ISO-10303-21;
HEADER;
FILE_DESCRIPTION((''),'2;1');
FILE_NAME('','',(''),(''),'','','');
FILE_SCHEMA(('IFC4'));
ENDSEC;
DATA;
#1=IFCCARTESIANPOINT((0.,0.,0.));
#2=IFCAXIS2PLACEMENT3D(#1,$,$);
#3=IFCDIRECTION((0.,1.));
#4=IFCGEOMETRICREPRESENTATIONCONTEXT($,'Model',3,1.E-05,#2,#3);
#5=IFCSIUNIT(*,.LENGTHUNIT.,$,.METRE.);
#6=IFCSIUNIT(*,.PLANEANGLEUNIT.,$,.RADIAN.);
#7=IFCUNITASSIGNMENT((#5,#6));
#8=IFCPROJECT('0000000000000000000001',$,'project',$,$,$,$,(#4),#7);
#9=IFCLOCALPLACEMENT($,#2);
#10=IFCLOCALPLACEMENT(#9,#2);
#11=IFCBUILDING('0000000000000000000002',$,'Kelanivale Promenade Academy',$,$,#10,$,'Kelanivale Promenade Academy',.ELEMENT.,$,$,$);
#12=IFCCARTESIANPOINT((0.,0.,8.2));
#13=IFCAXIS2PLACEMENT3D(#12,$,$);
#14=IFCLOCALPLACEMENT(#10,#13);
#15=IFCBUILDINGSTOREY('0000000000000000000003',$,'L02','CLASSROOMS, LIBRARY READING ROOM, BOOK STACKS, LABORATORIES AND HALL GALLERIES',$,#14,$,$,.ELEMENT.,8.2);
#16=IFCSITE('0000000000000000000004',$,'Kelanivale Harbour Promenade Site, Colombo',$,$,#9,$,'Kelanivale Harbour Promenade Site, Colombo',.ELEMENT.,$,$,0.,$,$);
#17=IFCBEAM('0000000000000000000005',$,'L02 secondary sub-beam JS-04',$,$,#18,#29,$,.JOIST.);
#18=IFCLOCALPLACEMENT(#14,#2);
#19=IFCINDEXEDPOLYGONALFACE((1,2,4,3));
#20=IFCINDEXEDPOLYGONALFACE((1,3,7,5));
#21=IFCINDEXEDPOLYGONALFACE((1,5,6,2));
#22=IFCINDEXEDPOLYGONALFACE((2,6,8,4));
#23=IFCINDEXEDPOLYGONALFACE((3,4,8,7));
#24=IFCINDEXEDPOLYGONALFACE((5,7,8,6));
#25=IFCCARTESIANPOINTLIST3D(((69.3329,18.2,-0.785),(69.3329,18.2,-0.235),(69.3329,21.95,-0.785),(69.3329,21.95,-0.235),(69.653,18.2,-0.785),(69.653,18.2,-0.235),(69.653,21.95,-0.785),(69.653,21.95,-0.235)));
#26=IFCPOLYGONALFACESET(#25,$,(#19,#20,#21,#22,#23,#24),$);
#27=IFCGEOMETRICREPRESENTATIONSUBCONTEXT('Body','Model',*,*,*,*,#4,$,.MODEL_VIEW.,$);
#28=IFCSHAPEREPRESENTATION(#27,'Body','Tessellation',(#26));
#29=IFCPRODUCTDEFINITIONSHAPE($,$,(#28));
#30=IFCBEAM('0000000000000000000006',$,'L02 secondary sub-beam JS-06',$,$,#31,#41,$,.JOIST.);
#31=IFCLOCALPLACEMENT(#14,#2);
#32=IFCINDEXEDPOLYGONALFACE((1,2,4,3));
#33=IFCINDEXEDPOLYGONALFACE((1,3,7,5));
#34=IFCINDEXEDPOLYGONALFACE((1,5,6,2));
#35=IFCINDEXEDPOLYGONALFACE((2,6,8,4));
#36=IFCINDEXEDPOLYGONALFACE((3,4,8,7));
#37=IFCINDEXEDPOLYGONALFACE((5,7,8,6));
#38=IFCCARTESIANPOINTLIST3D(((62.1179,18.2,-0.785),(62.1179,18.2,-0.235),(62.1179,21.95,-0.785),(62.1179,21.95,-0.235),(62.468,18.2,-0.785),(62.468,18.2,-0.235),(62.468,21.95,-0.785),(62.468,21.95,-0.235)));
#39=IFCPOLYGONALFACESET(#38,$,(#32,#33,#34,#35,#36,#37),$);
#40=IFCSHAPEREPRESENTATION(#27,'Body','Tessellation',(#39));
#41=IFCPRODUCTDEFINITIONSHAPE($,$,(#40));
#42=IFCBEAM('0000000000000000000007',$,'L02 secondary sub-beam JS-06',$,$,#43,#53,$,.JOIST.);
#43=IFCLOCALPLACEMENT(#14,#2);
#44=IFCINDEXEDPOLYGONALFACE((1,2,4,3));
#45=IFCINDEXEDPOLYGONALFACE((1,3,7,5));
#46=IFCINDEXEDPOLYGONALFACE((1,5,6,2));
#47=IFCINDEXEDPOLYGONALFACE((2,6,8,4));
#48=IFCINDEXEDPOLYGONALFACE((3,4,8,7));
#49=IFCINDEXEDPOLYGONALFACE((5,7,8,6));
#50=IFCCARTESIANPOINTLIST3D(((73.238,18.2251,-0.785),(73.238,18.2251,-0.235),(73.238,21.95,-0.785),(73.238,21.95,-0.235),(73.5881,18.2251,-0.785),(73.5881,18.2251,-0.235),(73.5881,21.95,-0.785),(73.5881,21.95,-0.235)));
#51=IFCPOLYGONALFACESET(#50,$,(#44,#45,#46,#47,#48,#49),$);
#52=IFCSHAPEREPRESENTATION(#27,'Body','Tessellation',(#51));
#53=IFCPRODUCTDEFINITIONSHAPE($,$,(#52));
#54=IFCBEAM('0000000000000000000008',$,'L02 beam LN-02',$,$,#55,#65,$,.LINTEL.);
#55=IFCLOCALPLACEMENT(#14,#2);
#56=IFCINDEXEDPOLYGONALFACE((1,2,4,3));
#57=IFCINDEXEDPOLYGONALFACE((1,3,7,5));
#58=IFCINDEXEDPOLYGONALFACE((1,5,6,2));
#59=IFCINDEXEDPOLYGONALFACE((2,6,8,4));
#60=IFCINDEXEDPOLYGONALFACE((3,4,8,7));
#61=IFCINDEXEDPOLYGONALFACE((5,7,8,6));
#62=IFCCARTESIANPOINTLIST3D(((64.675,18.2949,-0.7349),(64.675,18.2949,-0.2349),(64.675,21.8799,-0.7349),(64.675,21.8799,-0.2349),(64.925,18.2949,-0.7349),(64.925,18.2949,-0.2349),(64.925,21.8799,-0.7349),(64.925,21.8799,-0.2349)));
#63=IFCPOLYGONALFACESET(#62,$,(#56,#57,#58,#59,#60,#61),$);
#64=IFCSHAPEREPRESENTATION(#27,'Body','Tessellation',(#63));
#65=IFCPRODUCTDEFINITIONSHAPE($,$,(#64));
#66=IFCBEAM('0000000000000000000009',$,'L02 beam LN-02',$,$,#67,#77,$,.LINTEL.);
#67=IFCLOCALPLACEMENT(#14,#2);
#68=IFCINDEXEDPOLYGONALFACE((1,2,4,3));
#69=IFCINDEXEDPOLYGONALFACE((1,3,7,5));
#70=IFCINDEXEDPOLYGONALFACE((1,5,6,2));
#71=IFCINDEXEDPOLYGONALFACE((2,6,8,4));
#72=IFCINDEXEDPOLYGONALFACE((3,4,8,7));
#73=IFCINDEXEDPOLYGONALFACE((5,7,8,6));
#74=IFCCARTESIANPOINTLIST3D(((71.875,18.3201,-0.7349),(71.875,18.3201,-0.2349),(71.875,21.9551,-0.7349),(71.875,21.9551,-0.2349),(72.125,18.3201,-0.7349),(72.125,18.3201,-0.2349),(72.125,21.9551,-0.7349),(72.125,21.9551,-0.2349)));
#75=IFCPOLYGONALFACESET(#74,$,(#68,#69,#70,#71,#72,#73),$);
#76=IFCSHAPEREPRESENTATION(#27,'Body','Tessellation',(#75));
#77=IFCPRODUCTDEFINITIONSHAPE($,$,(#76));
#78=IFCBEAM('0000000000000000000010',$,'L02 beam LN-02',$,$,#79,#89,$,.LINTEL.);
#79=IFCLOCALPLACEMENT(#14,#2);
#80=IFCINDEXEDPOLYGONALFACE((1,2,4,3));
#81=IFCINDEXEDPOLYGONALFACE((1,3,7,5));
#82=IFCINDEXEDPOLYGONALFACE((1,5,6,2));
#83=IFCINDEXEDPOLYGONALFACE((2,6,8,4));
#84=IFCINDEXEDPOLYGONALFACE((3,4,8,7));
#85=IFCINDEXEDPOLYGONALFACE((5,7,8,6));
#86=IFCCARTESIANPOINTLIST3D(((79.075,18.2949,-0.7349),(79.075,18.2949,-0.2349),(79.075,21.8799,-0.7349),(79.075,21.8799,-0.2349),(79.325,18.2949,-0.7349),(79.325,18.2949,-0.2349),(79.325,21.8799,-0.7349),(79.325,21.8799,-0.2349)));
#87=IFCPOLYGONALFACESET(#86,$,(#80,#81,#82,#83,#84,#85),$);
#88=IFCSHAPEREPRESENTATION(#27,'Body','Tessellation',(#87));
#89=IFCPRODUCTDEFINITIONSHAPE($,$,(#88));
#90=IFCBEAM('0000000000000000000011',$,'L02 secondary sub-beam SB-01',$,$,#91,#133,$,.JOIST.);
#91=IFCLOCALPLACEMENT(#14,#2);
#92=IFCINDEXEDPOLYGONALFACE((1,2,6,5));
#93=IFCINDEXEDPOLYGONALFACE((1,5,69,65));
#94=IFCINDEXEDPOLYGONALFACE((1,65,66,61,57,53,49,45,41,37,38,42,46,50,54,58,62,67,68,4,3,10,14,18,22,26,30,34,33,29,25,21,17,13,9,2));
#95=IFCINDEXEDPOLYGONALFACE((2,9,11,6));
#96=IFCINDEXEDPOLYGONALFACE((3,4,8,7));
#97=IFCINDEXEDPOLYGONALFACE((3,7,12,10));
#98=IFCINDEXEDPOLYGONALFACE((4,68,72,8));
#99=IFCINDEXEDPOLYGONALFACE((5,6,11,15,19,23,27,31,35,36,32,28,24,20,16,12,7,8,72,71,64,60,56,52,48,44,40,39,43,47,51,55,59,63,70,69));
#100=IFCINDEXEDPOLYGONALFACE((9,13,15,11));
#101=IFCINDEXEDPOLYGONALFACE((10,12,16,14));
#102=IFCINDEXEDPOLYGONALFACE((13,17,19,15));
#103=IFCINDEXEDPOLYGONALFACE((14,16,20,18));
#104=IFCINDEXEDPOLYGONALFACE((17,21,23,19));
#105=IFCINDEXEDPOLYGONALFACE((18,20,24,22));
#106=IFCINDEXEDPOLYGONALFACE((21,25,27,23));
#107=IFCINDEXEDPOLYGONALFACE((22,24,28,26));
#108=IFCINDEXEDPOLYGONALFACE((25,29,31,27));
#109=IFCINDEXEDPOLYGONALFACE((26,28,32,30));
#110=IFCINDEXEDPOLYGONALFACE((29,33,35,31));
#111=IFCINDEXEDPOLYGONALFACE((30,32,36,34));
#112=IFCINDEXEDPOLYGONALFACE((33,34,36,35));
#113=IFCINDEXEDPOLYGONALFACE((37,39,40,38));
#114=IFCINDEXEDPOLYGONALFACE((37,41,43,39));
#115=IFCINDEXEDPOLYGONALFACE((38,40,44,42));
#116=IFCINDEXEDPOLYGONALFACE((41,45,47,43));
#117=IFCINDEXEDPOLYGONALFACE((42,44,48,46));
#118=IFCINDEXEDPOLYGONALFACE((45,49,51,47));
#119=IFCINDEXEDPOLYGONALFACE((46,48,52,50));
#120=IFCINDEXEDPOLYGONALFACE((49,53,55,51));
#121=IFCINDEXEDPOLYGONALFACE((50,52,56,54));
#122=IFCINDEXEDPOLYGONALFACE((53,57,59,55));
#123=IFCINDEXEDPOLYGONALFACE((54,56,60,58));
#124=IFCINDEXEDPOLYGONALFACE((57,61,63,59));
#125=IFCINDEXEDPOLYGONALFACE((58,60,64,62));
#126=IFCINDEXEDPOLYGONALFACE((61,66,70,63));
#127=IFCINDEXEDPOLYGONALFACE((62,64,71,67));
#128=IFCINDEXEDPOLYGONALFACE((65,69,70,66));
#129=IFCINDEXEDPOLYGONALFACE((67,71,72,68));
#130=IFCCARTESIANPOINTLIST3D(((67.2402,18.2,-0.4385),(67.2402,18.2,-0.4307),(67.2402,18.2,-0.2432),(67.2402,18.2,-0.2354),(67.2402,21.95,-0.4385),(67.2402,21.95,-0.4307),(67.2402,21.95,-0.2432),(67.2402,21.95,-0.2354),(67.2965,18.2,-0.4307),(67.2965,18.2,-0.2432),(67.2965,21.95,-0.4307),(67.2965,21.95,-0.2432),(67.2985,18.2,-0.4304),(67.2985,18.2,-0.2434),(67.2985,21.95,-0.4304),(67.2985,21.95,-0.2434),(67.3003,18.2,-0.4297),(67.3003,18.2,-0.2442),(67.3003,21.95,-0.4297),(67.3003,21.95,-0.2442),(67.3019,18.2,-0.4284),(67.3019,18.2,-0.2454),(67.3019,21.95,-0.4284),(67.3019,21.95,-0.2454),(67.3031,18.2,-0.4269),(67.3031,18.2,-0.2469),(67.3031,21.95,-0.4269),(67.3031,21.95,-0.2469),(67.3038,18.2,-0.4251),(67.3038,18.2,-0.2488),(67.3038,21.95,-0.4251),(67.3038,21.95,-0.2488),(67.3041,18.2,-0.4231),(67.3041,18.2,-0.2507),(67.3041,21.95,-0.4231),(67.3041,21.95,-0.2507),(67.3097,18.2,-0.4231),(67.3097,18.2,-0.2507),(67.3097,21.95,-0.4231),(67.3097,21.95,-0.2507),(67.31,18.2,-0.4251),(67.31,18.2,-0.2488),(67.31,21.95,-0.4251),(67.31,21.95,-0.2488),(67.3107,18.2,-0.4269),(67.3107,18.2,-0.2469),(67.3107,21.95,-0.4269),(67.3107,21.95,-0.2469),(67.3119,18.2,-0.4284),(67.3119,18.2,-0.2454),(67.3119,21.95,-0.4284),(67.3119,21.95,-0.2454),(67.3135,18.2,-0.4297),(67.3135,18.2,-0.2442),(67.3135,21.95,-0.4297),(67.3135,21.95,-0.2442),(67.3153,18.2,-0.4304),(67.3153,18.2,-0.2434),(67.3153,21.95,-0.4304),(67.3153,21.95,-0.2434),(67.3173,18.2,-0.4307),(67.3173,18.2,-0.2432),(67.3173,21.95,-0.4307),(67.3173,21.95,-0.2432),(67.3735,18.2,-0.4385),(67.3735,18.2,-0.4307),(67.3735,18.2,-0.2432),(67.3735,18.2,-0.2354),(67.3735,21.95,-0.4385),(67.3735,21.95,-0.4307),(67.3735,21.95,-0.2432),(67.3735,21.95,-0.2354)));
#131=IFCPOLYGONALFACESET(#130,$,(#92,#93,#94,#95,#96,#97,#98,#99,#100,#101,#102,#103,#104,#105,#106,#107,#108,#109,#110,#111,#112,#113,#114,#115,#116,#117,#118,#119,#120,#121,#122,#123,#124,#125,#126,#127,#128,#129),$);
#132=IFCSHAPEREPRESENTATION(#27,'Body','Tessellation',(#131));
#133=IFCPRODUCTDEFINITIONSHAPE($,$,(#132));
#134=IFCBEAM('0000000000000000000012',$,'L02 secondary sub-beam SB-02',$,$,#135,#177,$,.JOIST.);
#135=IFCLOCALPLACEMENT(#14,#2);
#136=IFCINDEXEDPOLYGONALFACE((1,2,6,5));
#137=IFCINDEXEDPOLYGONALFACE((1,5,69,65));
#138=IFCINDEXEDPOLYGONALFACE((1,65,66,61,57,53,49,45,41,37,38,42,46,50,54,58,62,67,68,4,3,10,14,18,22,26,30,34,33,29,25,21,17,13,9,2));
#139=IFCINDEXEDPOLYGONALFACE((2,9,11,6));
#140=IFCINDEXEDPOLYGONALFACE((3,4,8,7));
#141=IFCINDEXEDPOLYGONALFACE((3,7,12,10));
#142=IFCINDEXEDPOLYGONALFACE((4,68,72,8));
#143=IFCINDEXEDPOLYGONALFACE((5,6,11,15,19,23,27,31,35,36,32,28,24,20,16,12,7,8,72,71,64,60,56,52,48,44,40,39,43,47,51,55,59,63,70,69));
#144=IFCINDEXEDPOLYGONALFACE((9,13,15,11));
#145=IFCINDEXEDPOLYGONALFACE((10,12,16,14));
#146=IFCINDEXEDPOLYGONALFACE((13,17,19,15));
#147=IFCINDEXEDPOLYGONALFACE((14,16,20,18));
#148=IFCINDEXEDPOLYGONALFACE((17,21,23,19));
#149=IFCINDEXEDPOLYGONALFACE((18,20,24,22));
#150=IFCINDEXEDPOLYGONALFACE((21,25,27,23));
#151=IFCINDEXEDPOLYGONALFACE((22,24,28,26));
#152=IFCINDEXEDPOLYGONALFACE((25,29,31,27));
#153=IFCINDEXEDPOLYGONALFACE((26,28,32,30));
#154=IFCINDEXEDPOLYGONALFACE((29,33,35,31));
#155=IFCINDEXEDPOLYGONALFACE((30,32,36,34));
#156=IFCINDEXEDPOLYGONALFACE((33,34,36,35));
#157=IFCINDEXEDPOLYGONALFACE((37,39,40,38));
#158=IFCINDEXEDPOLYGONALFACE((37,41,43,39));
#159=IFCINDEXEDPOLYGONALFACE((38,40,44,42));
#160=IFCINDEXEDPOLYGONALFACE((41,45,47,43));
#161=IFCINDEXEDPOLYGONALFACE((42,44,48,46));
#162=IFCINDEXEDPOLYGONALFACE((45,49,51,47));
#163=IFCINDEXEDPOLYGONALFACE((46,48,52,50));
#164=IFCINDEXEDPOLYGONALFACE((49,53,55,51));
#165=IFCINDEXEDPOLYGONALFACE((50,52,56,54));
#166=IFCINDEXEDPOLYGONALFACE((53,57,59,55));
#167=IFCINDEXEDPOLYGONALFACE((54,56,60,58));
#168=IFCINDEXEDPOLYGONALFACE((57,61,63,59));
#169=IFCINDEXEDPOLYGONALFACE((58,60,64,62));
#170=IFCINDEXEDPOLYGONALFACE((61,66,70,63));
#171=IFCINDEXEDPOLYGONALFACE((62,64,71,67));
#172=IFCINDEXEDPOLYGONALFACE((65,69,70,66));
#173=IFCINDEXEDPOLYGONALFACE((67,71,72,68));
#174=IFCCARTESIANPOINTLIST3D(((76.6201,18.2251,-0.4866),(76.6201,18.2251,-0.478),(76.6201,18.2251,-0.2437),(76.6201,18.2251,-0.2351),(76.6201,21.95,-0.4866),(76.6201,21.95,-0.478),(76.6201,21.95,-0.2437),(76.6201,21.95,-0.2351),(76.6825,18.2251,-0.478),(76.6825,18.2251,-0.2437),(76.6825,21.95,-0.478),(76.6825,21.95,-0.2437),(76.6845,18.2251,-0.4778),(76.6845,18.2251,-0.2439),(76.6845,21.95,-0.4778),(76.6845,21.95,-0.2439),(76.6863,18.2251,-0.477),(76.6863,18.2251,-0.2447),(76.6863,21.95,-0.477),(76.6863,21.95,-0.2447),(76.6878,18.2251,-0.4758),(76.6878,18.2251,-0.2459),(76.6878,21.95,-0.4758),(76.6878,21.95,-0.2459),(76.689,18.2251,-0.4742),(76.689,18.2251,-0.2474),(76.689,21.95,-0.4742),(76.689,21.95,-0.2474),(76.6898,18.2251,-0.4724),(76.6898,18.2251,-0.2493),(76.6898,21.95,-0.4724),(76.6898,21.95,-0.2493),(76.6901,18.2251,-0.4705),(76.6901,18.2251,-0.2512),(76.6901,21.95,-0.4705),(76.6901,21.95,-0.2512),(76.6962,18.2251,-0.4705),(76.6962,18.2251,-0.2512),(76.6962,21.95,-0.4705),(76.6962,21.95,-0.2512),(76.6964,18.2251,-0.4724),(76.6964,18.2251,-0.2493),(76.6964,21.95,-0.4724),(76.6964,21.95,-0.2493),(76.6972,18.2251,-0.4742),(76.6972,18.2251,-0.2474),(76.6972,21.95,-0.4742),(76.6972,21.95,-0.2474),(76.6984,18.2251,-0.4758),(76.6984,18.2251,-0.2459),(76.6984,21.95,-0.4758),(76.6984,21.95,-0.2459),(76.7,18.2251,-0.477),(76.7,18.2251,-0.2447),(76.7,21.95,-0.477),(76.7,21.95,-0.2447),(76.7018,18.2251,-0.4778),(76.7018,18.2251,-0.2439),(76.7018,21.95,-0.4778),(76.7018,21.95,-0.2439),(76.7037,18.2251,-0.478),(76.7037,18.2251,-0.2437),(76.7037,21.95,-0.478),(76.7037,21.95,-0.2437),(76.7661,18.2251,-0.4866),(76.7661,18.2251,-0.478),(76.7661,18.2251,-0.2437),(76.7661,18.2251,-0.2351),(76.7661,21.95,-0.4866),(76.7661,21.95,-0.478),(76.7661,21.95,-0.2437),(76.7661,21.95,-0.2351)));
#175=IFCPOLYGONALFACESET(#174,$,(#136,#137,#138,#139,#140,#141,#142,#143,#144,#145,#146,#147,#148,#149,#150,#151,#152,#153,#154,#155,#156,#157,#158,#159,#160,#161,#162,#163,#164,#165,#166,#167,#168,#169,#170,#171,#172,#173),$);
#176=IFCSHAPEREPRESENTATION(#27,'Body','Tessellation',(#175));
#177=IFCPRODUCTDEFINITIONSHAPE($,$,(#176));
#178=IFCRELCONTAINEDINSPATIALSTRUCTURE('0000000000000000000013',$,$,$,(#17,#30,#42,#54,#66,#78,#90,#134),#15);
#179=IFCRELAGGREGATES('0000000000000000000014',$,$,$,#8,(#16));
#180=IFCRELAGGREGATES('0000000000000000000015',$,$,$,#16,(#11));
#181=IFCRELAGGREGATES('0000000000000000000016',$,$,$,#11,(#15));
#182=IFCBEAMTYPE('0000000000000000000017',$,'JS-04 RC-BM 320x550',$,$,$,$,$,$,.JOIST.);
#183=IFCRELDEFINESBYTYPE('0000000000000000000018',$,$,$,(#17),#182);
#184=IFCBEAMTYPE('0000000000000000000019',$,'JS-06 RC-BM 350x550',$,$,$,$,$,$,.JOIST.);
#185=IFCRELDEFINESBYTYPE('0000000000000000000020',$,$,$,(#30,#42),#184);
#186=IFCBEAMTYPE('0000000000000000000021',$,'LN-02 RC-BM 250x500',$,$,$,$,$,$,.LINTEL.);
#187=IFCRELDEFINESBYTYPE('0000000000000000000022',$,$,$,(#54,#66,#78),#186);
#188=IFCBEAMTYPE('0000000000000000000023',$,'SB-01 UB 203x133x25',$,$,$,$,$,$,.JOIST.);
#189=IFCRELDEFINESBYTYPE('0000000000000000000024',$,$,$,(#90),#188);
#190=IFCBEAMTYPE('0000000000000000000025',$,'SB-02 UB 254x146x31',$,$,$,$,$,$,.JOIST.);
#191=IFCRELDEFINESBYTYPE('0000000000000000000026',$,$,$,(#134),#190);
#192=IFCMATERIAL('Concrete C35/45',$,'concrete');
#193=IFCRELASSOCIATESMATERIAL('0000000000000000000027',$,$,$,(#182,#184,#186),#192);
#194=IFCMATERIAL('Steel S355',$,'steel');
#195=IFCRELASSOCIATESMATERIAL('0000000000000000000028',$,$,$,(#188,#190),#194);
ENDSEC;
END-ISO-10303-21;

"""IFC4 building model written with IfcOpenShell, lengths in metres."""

from ifc_helpers import new_model, si_unit, direction, frame, origin, origin_2d, place, context, subcontext, project, spatial, rectangle, i_section, extrude, material, material_profile, profile_set, type_object, element, save


model = new_model("IFC4")

# Units and contexts
model_context = context("Model", 3, precision=1e-05, world=origin(), true_north=direction((0.0, 1.0)))
body_context = subcontext(model_context, "Body", "Model", "MODEL_VIEW")
ifc_project = project(units=[si_unit("LENGTHUNIT", "METRE"), si_unit("PLANEANGLEUNIT", "RADIAN")], contexts=[model_context])

# Site, building, storey
site_placement = place(None, origin())
site = spatial("IfcSite", under=ifc_project, at=site_placement, Name="Kelanivale Harbour Promenade Site, Colombo", LongName="Kelanivale Harbour Promenade Site, Colombo", CompositionType="ELEMENT", RefElevation=0.0)
building_placement = place(site_placement, origin())
building = spatial("IfcBuilding", under=site, at=building_placement, Name="Kelanivale Promenade Academy", LongName="Kelanivale Promenade Academy", CompositionType="ELEMENT")
storey_placement = place(building_placement, frame((0.0, 0.0, 8.2)))
storey = spatial("IfcBuildingStorey", under=building, at=storey_placement, Name="L02", Description="CLASSROOMS, LIBRARY READING ROOM, BOOK STACKS, LABORATORIES AND HALL GALLERIES", CompositionType="ELEMENT", Elevation=8.2)

# Beams
ifc_material_1 = material(Name="Concrete C35/45", Category="concrete")
ifc_material_profile_1 = material_profile(ifc_material_1, rectangle(XDim=0.3201, YDim=0.55, at=origin_2d()), Name="RC-BM 320x550")
ifc_profile_set_1 = profile_set([ifc_material_profile_1], Name="Concrete C35/45")
beam_type_1 = type_object("IfcBeamType", Name="JS-04 RC-BM 320x550", PredefinedType="JOIST", material=ifc_profile_set_1)
for number, where, z_axis, x_axis, name in (
    (1, (69.4929, 18.2, -0.51), (0.0, 1.0, 0.0), (-1.0, 0.0, 0.0), "L02 secondary sub-beam JS-04"),
):
    element("IfcBeam", number, at=place(storey_placement, frame(where, z_axis=z_axis, x_axis=x_axis)), inside=storey, type_object=beam_type_1, Name=name, PredefinedType="JOIST", context=body_context, shape_type="SweptSolid", body=[
        extrude(rectangle(XDim=0.3201, YDim=0.55, at=origin_2d()), origin(), (0.0, 0.0, 1.0), 3.75),
    ])
ifc_material_profile_2 = material_profile(ifc_material_1, rectangle(XDim=0.3501, YDim=0.55, at=origin_2d()), Name="RC-BM 350x550")
ifc_profile_set_2 = profile_set([ifc_material_profile_2], Name="Concrete C35/45")
beam_type_2 = type_object("IfcBeamType", Name="JS-06 RC-BM 350x550", PredefinedType="JOIST", material=ifc_profile_set_2)
beam_1_placement = place(storey_placement, frame((62.293, 18.2, -0.51), z_axis=(0.0, 1.0, 0.0), x_axis=(-1.0, 0.0, 0.0)))
element("IfcBeam", 2, at=beam_1_placement, inside=storey, type_object=beam_type_2, Name="L02 secondary sub-beam JS-06", PredefinedType="JOIST", context=body_context, shape_type="SweptSolid", body=[
    extrude(rectangle(XDim=0.3501, YDim=0.55, at=origin_2d()), origin(), (0.0, 0.0, 1.0), 3.75),
])
beam_2_placement = place(storey_placement, frame((73.4131, 18.2251, -0.51), z_axis=(0.0, 1.0, 0.0), x_axis=(-1.0, 0.0, 0.0)))
element("IfcBeam", 3, at=beam_2_placement, inside=storey, type_object=beam_type_2, Name="L02 secondary sub-beam JS-06", PredefinedType="JOIST", context=body_context, shape_type="SweptSolid", body=[
    extrude(rectangle(XDim=0.3501, YDim=0.55, at=origin_2d()), origin(), (0.0, 0.0, 1.0), 3.7249),
])
ifc_material_profile_3 = material_profile(ifc_material_1, rectangle(XDim=0.25, YDim=0.5, at=origin_2d()), Name="RC-BM 250x500")
ifc_profile_set_3 = profile_set([ifc_material_profile_3], Name="Concrete C35/45")
beam_type_3 = type_object("IfcBeamType", Name="LN-02 RC-BM 250x500", PredefinedType="LINTEL", material=ifc_profile_set_3)
beam_3_placement = place(storey_placement, frame((64.8, 18.2949, -0.4849), z_axis=(0.0, 1.0, 0.0), x_axis=(-1.0, 0.0, 0.0)))
element("IfcBeam", 4, at=beam_3_placement, inside=storey, type_object=beam_type_3, Name="L02 beam LN-02", PredefinedType="LINTEL", context=body_context, shape_type="SweptSolid", body=[
    extrude(rectangle(XDim=0.25, YDim=0.5, at=origin_2d()), origin(), (0.0, 0.0, 1.0), 3.585),
])
beam_4_placement = place(storey_placement, frame((72.0, 18.3201, -0.4849), z_axis=(0.0, 1.0, 0.0), x_axis=(-1.0, 0.0, 0.0)))
element("IfcBeam", 5, at=beam_4_placement, inside=storey, type_object=beam_type_3, Name="L02 beam LN-02", PredefinedType="LINTEL", context=body_context, shape_type="SweptSolid", body=[
    extrude(rectangle(XDim=0.25, YDim=0.5, at=origin_2d()), origin(), (0.0, 0.0, 1.0), 3.635),
])
beam_5_placement = place(storey_placement, frame((79.2, 18.2949, -0.4849), z_axis=(0.0, 1.0, 0.0), x_axis=(-1.0, 0.0, 0.0)))
element("IfcBeam", 6, at=beam_5_placement, inside=storey, type_object=beam_type_3, Name="L02 beam LN-02", PredefinedType="LINTEL", context=body_context, shape_type="SweptSolid", body=[
    extrude(rectangle(XDim=0.25, YDim=0.5, at=origin_2d()), origin(), (0.0, 0.0, 1.0), 3.585),
])
ifc_material_2 = material(Name="Steel S355", Category="steel")
ifc_material_profile_4 = material_profile(ifc_material_2, i_section(OverallWidth=0.1333, OverallDepth=0.2031, WebThickness=0.0056, FlangeThickness=0.0078, FilletRadius=0.0076, at=origin_2d()), Name="UB 203x133x25")
ifc_profile_set_4 = profile_set([ifc_material_profile_4], Name="Steel S355")
beam_type_4 = type_object("IfcBeamType", Name="SB-01 UB 203x133x25", PredefinedType="JOIST", material=ifc_profile_set_4)
beam_6_placement = place(storey_placement, frame((67.3069, 18.2, -0.3369), z_axis=(0.0, 1.0, 0.0), x_axis=(-1.0, 0.0, 0.0)))
element("IfcBeam", 7, at=beam_6_placement, inside=storey, type_object=beam_type_4, Name="L02 secondary sub-beam SB-01", PredefinedType="JOIST", context=body_context, shape_type="SweptSolid", body=[
    extrude(i_section(OverallWidth=0.1333, OverallDepth=0.2031, WebThickness=0.0056, FlangeThickness=0.0078, FilletRadius=0.0076, at=origin_2d()), origin(), (0.0, 0.0, 1.0), 3.75),
])
ifc_material_profile_5 = material_profile(ifc_material_2, i_section(OverallWidth=0.146, OverallDepth=0.2515, WebThickness=0.0061, FlangeThickness=0.0085, FilletRadius=0.0076, at=origin_2d()), Name="UB 254x146x31")
ifc_profile_set_5 = profile_set([ifc_material_profile_5], Name="Steel S355")
beam_type_5 = type_object("IfcBeamType", Name="SB-02 UB 254x146x31", PredefinedType="JOIST", material=ifc_profile_set_5)
beam_7_placement = place(storey_placement, frame((76.6931, 18.2251, -0.3608), z_axis=(0.0, 1.0, 0.0), x_axis=(-1.0, 0.0, 0.0)))
element("IfcBeam", 8, at=beam_7_placement, inside=storey, type_object=beam_type_5, Name="L02 secondary sub-beam SB-02", PredefinedType="JOIST", context=body_context, shape_type="SweptSolid", body=[
    extrude(i_section(OverallWidth=0.146, OverallDepth=0.2515, WebThickness=0.0061, FlangeThickness=0.0085, FilletRadius=0.0076, at=origin_2d()), origin(), (0.0, 0.0, 1.0), 3.7249),
])

save(model, "model.ifc")
